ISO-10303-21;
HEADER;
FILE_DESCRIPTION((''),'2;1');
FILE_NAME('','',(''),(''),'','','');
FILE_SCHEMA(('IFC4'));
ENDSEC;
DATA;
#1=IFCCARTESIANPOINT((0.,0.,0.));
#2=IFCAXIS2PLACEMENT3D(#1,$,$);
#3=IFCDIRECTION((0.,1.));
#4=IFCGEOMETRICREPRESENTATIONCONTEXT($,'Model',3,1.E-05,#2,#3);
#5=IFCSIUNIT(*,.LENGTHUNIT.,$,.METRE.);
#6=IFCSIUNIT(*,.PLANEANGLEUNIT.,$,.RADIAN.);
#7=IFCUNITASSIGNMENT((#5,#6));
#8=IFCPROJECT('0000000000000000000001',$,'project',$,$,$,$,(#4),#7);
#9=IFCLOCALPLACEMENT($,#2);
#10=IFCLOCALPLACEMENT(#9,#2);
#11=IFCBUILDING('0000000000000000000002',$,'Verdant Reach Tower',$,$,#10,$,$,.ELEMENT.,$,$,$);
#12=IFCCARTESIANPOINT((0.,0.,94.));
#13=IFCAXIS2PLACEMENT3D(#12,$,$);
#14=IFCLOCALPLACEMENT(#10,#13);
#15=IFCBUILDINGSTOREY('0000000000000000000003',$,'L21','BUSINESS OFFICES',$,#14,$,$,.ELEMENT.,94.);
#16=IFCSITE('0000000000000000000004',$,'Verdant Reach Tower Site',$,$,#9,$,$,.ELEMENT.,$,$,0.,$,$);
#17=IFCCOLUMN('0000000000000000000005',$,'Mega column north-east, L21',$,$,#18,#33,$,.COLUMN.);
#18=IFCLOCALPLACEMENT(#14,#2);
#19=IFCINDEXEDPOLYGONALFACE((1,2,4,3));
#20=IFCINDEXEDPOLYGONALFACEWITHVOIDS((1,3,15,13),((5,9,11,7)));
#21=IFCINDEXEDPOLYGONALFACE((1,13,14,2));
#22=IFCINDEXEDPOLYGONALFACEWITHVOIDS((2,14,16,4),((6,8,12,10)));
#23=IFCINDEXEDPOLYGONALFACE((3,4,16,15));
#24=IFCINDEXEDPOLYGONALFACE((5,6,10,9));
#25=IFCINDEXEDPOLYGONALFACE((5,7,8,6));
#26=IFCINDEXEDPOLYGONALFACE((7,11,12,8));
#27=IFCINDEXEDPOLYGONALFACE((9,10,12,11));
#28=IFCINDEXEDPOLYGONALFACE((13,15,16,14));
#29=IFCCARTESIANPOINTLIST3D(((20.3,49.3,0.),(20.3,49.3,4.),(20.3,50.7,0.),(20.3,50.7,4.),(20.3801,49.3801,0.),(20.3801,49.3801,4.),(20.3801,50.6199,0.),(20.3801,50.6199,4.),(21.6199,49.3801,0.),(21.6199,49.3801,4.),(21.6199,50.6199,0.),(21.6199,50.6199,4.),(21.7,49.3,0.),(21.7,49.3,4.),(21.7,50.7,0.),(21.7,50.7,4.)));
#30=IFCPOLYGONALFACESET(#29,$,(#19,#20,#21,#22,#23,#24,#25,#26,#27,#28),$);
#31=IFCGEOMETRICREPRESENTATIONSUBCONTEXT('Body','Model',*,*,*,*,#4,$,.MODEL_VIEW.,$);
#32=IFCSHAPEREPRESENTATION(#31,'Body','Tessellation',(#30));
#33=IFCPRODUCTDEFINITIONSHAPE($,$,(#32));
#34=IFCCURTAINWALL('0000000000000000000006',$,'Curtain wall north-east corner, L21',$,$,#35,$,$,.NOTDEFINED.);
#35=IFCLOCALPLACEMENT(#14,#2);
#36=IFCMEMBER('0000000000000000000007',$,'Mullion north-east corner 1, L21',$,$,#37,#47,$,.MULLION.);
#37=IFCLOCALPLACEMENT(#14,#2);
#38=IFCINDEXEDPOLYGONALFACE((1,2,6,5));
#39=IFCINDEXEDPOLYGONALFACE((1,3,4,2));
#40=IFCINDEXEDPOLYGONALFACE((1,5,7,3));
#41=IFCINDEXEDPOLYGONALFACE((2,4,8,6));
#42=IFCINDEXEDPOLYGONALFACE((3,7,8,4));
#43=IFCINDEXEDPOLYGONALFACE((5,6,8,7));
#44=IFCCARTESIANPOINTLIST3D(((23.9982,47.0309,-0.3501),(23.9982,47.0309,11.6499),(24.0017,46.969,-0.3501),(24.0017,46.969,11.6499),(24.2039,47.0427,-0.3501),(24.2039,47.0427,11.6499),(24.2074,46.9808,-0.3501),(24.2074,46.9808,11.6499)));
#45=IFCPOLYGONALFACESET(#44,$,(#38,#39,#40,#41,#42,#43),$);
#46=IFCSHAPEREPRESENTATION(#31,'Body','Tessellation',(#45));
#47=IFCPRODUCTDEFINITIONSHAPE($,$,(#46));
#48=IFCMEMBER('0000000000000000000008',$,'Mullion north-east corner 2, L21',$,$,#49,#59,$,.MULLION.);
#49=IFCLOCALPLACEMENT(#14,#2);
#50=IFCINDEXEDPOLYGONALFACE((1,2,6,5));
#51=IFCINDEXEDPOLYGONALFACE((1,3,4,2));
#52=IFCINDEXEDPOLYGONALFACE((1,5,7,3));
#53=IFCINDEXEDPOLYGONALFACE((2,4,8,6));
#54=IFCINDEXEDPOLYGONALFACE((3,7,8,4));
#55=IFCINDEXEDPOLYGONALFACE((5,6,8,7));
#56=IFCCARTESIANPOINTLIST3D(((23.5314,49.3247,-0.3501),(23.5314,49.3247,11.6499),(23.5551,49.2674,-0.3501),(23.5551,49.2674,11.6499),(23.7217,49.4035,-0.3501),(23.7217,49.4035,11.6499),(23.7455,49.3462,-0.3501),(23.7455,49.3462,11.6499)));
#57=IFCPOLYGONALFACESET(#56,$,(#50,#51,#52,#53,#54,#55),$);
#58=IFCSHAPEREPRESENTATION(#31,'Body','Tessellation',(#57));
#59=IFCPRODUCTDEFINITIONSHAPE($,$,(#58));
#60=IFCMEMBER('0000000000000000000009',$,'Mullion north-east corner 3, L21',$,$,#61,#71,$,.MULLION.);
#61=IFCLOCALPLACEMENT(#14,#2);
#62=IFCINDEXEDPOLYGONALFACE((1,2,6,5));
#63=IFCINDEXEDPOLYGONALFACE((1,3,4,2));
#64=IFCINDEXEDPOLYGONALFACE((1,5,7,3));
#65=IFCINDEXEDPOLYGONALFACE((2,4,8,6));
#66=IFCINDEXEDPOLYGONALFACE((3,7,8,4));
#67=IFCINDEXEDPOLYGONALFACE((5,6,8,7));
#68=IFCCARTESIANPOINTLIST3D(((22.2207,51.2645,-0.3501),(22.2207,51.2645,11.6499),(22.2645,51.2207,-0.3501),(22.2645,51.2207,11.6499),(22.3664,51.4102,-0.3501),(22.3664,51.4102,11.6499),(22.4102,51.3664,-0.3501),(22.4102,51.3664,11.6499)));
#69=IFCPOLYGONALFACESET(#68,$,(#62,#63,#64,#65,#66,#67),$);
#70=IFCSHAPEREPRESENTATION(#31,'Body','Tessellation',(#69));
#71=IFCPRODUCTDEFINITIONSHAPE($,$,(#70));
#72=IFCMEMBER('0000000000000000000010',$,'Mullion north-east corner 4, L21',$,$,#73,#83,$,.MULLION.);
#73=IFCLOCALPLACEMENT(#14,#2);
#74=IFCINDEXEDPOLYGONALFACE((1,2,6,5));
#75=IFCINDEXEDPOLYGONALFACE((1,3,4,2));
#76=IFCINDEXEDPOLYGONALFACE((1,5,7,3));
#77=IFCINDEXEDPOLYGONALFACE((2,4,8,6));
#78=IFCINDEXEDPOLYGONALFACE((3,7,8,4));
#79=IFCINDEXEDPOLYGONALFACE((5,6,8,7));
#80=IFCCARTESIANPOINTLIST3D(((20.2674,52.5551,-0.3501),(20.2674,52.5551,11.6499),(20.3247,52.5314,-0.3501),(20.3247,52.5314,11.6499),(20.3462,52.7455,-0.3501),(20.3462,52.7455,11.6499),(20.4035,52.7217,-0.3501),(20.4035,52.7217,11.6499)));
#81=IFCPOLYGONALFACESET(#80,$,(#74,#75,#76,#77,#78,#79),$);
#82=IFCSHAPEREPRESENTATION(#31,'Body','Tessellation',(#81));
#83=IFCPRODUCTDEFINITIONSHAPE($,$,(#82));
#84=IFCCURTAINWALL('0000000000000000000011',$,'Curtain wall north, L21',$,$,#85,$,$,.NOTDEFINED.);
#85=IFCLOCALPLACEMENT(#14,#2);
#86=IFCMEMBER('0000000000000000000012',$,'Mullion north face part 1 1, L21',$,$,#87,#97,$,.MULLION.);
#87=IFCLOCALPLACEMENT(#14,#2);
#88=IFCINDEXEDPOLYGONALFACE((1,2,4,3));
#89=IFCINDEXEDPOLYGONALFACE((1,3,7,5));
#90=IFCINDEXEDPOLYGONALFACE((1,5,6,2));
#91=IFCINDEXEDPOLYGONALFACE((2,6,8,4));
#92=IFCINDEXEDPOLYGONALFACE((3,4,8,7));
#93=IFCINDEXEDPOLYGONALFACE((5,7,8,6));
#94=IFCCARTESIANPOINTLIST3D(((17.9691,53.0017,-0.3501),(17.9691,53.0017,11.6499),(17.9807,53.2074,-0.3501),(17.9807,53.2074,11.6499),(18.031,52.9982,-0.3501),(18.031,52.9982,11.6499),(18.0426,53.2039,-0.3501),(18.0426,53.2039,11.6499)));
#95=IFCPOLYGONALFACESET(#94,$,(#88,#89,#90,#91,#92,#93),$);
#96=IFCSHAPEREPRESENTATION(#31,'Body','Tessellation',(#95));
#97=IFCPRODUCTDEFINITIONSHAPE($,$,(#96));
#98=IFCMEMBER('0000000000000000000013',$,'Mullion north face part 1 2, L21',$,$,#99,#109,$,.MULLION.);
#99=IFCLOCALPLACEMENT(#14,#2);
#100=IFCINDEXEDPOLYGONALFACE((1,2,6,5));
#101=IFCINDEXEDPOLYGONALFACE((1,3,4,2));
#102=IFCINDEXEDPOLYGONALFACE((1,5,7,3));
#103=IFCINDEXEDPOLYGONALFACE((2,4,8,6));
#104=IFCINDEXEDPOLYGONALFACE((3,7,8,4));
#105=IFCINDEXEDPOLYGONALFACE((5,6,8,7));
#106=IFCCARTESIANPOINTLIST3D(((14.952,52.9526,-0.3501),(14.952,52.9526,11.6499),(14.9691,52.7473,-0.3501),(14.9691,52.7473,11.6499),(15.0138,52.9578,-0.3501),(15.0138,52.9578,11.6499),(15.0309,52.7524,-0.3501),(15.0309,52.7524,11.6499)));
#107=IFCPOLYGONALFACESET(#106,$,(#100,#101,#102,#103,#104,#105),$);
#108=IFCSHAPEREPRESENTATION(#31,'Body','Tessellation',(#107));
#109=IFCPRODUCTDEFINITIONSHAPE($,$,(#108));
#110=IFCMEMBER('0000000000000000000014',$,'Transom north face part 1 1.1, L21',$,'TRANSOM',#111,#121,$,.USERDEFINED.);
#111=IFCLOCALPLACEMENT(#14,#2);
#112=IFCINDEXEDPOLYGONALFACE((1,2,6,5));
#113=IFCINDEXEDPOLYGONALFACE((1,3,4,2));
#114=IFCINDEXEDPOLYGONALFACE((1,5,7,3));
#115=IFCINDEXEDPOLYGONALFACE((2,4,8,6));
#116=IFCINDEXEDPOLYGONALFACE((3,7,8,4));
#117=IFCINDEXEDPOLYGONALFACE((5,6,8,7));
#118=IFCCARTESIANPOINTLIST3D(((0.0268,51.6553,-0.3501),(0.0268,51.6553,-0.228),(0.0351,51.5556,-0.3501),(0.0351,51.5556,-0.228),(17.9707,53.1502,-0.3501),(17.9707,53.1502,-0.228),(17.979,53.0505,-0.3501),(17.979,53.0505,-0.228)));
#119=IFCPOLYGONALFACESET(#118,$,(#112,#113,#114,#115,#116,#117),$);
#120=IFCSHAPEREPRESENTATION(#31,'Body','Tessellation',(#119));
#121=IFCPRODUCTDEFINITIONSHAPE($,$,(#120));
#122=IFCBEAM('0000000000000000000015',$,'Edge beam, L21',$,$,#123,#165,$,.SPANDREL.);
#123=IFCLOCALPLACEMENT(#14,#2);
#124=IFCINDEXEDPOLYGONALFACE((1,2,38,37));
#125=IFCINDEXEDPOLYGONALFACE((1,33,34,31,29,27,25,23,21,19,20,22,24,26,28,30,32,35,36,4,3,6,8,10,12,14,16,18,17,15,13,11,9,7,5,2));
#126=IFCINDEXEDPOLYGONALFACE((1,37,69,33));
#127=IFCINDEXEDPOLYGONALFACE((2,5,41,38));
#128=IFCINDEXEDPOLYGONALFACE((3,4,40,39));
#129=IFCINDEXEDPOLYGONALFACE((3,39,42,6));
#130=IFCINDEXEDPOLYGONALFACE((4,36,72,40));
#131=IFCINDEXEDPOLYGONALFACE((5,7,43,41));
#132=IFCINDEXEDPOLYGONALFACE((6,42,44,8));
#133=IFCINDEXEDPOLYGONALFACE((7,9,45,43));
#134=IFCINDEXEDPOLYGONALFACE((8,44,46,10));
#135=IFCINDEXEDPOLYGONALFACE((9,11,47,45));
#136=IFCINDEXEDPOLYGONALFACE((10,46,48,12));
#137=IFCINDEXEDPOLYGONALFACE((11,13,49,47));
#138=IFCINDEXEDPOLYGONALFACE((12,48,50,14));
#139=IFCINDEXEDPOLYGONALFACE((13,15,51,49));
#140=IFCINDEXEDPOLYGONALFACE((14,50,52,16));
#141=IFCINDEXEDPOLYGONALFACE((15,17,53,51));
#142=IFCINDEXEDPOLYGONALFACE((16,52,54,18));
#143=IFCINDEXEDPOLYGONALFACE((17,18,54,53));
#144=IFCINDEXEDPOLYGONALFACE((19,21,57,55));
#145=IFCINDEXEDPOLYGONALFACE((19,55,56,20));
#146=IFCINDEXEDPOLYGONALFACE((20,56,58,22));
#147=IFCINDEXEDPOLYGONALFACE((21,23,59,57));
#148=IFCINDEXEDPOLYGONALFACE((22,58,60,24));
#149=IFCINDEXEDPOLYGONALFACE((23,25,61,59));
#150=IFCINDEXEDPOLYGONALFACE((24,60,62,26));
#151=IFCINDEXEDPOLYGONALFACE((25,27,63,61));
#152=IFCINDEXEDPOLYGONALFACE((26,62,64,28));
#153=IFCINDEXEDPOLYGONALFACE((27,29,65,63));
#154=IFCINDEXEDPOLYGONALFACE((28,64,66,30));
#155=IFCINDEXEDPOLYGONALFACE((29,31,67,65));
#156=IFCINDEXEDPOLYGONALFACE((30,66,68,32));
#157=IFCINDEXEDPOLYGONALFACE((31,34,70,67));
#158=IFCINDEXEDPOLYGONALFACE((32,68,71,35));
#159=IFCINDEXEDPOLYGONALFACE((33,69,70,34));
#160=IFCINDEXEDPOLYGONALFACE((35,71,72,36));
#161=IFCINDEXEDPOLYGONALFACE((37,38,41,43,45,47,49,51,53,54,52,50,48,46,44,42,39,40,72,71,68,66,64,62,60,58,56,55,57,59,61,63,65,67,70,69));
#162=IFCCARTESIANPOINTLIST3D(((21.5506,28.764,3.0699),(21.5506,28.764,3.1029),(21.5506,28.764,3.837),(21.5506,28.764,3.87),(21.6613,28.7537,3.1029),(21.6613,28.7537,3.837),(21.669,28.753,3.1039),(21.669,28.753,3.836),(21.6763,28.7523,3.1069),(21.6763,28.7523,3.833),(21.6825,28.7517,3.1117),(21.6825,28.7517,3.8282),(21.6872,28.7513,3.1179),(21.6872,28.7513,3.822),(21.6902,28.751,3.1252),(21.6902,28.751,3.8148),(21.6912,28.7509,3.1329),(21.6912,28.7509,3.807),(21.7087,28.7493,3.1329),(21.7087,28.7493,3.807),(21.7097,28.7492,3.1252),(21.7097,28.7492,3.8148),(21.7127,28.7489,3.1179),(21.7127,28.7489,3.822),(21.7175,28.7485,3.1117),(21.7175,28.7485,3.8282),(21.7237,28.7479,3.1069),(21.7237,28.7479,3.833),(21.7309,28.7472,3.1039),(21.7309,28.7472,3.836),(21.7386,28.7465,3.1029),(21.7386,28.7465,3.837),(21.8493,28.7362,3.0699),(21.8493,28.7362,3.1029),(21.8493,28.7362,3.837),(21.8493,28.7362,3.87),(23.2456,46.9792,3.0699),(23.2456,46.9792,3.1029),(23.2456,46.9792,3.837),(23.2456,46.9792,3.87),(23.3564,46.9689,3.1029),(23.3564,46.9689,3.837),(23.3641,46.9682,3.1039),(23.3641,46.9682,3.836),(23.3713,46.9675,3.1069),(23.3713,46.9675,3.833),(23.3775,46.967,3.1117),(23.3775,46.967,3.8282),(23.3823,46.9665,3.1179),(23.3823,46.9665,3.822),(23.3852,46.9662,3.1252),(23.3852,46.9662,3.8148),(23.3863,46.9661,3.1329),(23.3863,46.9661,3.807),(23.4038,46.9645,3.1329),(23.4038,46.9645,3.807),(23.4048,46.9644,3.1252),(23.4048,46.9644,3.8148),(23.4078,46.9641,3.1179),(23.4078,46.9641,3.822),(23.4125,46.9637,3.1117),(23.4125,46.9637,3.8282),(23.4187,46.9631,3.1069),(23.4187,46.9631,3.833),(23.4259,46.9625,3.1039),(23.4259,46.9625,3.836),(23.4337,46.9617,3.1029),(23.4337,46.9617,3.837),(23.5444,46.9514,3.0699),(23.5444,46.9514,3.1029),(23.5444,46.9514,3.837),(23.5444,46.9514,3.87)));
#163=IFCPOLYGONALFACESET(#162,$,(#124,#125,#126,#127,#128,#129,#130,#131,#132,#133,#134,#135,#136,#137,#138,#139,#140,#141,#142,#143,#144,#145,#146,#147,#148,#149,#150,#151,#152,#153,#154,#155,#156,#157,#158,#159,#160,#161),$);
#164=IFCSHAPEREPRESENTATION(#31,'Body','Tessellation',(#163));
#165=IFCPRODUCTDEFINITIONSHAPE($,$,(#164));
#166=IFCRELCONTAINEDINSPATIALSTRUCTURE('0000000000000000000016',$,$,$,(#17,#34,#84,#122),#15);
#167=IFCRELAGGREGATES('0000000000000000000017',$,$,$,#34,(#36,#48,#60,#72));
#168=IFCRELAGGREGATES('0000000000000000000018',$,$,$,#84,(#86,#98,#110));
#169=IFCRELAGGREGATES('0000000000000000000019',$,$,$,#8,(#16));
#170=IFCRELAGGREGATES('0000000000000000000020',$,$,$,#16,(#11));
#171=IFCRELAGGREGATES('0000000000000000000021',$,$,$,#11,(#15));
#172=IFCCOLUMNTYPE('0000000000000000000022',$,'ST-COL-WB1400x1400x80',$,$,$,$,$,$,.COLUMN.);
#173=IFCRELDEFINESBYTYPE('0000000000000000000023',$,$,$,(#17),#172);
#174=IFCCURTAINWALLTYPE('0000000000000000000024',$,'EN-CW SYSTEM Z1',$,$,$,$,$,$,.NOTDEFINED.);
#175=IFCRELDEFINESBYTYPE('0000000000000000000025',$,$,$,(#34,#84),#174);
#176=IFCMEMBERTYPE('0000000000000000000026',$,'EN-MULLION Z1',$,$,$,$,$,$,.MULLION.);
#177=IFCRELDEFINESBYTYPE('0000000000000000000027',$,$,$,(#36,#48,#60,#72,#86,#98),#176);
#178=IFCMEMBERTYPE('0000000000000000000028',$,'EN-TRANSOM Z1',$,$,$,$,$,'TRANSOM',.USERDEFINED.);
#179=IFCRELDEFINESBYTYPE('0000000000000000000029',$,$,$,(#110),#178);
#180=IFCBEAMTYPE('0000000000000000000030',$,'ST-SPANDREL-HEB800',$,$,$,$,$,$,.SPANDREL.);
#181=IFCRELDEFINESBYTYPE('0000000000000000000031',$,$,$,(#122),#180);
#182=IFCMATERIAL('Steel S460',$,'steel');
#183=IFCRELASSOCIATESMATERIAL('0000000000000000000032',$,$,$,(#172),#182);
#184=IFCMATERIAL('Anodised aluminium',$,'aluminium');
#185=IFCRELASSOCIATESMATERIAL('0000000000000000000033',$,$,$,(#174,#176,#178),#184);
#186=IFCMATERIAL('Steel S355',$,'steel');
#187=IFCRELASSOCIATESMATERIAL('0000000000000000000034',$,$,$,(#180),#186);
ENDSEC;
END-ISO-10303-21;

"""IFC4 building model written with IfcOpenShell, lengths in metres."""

from ifc_helpers import new_model, si_unit, direction, frame, origin, origin_2d, place, context, subcontext, project, spatial, rectangle, hollow_rectangle, i_section, extrude, material, material_profile, profile_set, type_object, element, aggregate, save


model = new_model("IFC4")

# Units and contexts
model_context = context("Model", 3, precision=1e-05, world=origin(), true_north=direction((0.0, 1.0)))
body_context = subcontext(model_context, "Body", "Model", "MODEL_VIEW")
ifc_project = project(units=[si_unit("LENGTHUNIT", "METRE"), si_unit("PLANEANGLEUNIT", "RADIAN")], contexts=[model_context])

# Site, building, storey
site_placement = place(None, origin())
site = spatial("IfcSite", under=ifc_project, at=site_placement, Name="Verdant Reach Tower Site", CompositionType="ELEMENT", RefElevation=0.0)
building_placement = place(site_placement, origin())
building = spatial("IfcBuilding", under=site, at=building_placement, Name="Verdant Reach Tower", CompositionType="ELEMENT")
storey_placement = place(building_placement, frame((0.0, 0.0, 94.0)))
storey = spatial("IfcBuildingStorey", under=building, at=storey_placement, Name="L21", Description="BUSINESS OFFICES", CompositionType="ELEMENT", Elevation=94.0)

# Column
ifc_material_1 = material(Name="Steel S460", Category="steel")
ifc_material_profile_1 = material_profile(ifc_material_1, hollow_rectangle(XDim=1.3999, YDim=1.3999, WallThickness=0.0801, at=origin_2d()), Name="WB 1400x1400x80")
ifc_profile_set_1 = profile_set([ifc_material_profile_1], Name="Steel S460")
column_type = type_object("IfcColumnType", Name="ST-COL-WB1400x1400x80", PredefinedType="COLUMN", material=ifc_profile_set_1)
column_placement = place(storey_placement, frame((21.0, 50.0, 0.0), z_axis=(0.0, 0.0, 1.0), x_axis=(1.0, 0.0, 0.0)))
element("IfcColumn", 1, at=column_placement, inside=storey, type_object=column_type, Name="Mega column north-east, L21", PredefinedType="COLUMN", context=body_context, shape_type="SweptSolid", body=[
    extrude(hollow_rectangle(XDim=1.3999, YDim=1.3999, WallThickness=0.0801, at=origin_2d()), origin(), (0.0, 0.0, 1.0), 4.0),
])

# Curtain walls, members
ifc_material_2 = material(Name="Anodised aluminium", Category="aluminium")
curtain_wall_type = type_object("IfcCurtainWallType", Name="EN-CW SYSTEM Z1", PredefinedType="NOTDEFINED", material=ifc_material_2)
curtain_wall_1_placement = place(storey_placement, origin())
curtain_wall_1 = element("IfcCurtainWall", 2, at=curtain_wall_1_placement, inside=storey, type_object=curtain_wall_type, Name="Curtain wall north-east corner, L21", PredefinedType="NOTDEFINED")
ifc_material_profile_2 = material_profile(ifc_material_2, rectangle(XDim=0.2061, YDim=0.062, at=origin_2d()), Name="Mullion 62x206")
ifc_profile_set_2 = profile_set([ifc_material_profile_2], Name="Anodised aluminium")
member_type_1 = type_object("IfcMemberType", Name="EN-MULLION Z1", PredefinedType="MULLION", material=ifc_profile_set_2)
member_1_placement = place(storey_placement, frame((24.1028, 47.0059, -0.3501), z_axis=(0.0, 0.0, 1.0), x_axis=(0.998366, 0.057135, 0.0)))
member_1 = element("IfcMember", 3, at=member_1_placement, type_object=member_type_1, Name="Mullion north-east corner 1, L21", PredefinedType="MULLION", context=body_context, shape_type="SweptSolid", body=[
    extrude(rectangle(XDim=0.2061, YDim=0.062, at=origin_2d()), origin(), (0.0, 0.0, 1.0), 12.0),
])
member_2_placement = place(storey_placement, frame((23.6384, 49.3354, -0.3501), z_axis=(0.0, 0.0, 1.0), x_axis=(0.923875, 0.382694, 0.0)))
member_2 = element("IfcMember", 4, at=member_2_placement, type_object=member_type_1, Name="Mullion north-east corner 2, L21", PredefinedType="MULLION", context=body_context, shape_type="SweptSolid", body=[
    extrude(rectangle(XDim=0.2061, YDim=0.062, at=origin_2d()), origin(), (0.0, 0.0, 1.0), 12.0),
])
member_3_placement = place(storey_placement, frame((22.3154, 51.3154, -0.3501), z_axis=(0.0, 0.0, 1.0), x_axis=(0.707107, 0.707107, 0.0)))
member_3 = element("IfcMember", 5, at=member_3_placement, type_object=member_type_1, Name="Mullion north-east corner 3, L21", PredefinedType="MULLION", context=body_context, shape_type="SweptSolid", body=[
    extrude(rectangle(XDim=0.2061, YDim=0.062, at=origin_2d()), origin(), (0.0, 0.0, 1.0), 12.0),
])
member_4_placement = place(storey_placement, frame((20.3354, 52.6384, -0.3501), z_axis=(0.0, 0.0, 1.0), x_axis=(0.382694, 0.923875, 0.0)))
member_4 = element("IfcMember", 6, at=member_4_placement, type_object=member_type_1, Name="Mullion north-east corner 4, L21", PredefinedType="MULLION", context=body_context, shape_type="SweptSolid", body=[
    extrude(rectangle(XDim=0.2061, YDim=0.062, at=origin_2d()), origin(), (0.0, 0.0, 1.0), 12.0),
])
curtain_wall_2_placement = place(storey_placement, origin())
curtain_wall_2 = element("IfcCurtainWall", 7, at=curtain_wall_2_placement, inside=storey, type_object=curtain_wall_type, Name="Curtain wall north, L21", PredefinedType="NOTDEFINED")
member_5_placement = place(storey_placement, frame((18.0059, 53.1028, -0.3501), z_axis=(0.0, 0.0, 1.0), x_axis=(0.056569, 0.998399, 0.0)))
member_5 = element("IfcMember", 8, at=member_5_placement, type_object=member_type_1, Name="Mullion north face part 1 1, L21", PredefinedType="MULLION", context=body_context, shape_type="SweptSolid", body=[
    extrude(rectangle(XDim=0.2061, YDim=0.062, at=origin_2d()), origin(), (0.0, 0.0, 1.0), 12.0),
])
member_6_placement = place(storey_placement, frame((14.9915, 52.8525, -0.3501), z_axis=(0.0, 0.0, 1.0), x_axis=(-0.083045, 0.996546, 0.0)))
member_6 = element("IfcMember", 9, at=member_6_placement, type_object=member_type_1, Name="Mullion north face part 1 2, L21", PredefinedType="MULLION", context=body_context, shape_type="SweptSolid", body=[
    extrude(rectangle(XDim=0.2061, YDim=0.062, at=origin_2d()), origin(), (0.0, 0.0, 1.0), 12.0),
])
ifc_material_profile_3 = material_profile(ifc_material_2, rectangle(XDim=0.1001, YDim=0.1221, at=origin_2d()), Name="Transom 122x100")
ifc_profile_set_3 = profile_set([ifc_material_profile_3], Name="Anodised aluminium")
member_type_2 = type_object("IfcMemberType", Name="EN-TRANSOM Z1", ElementType="TRANSOM", PredefinedType="USERDEFINED", material=ifc_profile_set_3)
member_7_placement = place(storey_placement, frame((17.9749, 53.1003, -0.2891), z_axis=(-0.996548, -0.083021, 0.0), x_axis=(0.083021, -0.996548, 0.0)))
member_7 = element("IfcMember", 10, at=member_7_placement, type_object=member_type_2, Name="Transom north face part 1 1.1, L21", ObjectType="TRANSOM", PredefinedType="USERDEFINED", context=body_context, shape_type="SweptSolid", body=[
    extrude(rectangle(XDim=0.1001, YDim=0.1221, at=origin_2d()), origin(), (0.0, 0.0, 1.0), 18.0061),
])

# Beam
ifc_material_3 = material(Name="Steel S355", Category="steel")
ifc_material_profile_4 = material_profile(ifc_material_3, i_section(OverallWidth=0.3, OverallDepth=0.8, WebThickness=0.0176, FlangeThickness=0.033, FilletRadius=0.03, at=origin_2d()), Name="HEB 800")
ifc_profile_set_4 = profile_set([ifc_material_profile_4], Name="Steel S355")
beam_type_1 = type_object("IfcBeamType", Name="ST-SPANDREL-HEB800", PredefinedType="SPANDREL", material=ifc_profile_set_4)
beam_1_placement = place(storey_placement, frame((23.395, 46.9653, 3.47), z_axis=(-0.092657, -0.995698, 0.0), x_axis=(0.995698, -0.092657, 0.0)))
element("IfcBeam", 11, at=beam_1_placement, inside=storey, type_object=beam_type_1, Name="Edge beam, L21", PredefinedType="SPANDREL", context=body_context, shape_type="SweptSolid", body=[
    extrude(i_section(OverallWidth=0.3, OverallDepth=0.8, WebThickness=0.0176, FlangeThickness=0.033, FilletRadius=0.03, at=origin_2d()), origin(), (0.0, 0.0, 1.0), 18.2939),
])

aggregate(curtain_wall_1, [member_1, member_2, member_3, member_4])
aggregate(curtain_wall_2, [member_5, member_6, member_7])

save(model, "model.ifc")
